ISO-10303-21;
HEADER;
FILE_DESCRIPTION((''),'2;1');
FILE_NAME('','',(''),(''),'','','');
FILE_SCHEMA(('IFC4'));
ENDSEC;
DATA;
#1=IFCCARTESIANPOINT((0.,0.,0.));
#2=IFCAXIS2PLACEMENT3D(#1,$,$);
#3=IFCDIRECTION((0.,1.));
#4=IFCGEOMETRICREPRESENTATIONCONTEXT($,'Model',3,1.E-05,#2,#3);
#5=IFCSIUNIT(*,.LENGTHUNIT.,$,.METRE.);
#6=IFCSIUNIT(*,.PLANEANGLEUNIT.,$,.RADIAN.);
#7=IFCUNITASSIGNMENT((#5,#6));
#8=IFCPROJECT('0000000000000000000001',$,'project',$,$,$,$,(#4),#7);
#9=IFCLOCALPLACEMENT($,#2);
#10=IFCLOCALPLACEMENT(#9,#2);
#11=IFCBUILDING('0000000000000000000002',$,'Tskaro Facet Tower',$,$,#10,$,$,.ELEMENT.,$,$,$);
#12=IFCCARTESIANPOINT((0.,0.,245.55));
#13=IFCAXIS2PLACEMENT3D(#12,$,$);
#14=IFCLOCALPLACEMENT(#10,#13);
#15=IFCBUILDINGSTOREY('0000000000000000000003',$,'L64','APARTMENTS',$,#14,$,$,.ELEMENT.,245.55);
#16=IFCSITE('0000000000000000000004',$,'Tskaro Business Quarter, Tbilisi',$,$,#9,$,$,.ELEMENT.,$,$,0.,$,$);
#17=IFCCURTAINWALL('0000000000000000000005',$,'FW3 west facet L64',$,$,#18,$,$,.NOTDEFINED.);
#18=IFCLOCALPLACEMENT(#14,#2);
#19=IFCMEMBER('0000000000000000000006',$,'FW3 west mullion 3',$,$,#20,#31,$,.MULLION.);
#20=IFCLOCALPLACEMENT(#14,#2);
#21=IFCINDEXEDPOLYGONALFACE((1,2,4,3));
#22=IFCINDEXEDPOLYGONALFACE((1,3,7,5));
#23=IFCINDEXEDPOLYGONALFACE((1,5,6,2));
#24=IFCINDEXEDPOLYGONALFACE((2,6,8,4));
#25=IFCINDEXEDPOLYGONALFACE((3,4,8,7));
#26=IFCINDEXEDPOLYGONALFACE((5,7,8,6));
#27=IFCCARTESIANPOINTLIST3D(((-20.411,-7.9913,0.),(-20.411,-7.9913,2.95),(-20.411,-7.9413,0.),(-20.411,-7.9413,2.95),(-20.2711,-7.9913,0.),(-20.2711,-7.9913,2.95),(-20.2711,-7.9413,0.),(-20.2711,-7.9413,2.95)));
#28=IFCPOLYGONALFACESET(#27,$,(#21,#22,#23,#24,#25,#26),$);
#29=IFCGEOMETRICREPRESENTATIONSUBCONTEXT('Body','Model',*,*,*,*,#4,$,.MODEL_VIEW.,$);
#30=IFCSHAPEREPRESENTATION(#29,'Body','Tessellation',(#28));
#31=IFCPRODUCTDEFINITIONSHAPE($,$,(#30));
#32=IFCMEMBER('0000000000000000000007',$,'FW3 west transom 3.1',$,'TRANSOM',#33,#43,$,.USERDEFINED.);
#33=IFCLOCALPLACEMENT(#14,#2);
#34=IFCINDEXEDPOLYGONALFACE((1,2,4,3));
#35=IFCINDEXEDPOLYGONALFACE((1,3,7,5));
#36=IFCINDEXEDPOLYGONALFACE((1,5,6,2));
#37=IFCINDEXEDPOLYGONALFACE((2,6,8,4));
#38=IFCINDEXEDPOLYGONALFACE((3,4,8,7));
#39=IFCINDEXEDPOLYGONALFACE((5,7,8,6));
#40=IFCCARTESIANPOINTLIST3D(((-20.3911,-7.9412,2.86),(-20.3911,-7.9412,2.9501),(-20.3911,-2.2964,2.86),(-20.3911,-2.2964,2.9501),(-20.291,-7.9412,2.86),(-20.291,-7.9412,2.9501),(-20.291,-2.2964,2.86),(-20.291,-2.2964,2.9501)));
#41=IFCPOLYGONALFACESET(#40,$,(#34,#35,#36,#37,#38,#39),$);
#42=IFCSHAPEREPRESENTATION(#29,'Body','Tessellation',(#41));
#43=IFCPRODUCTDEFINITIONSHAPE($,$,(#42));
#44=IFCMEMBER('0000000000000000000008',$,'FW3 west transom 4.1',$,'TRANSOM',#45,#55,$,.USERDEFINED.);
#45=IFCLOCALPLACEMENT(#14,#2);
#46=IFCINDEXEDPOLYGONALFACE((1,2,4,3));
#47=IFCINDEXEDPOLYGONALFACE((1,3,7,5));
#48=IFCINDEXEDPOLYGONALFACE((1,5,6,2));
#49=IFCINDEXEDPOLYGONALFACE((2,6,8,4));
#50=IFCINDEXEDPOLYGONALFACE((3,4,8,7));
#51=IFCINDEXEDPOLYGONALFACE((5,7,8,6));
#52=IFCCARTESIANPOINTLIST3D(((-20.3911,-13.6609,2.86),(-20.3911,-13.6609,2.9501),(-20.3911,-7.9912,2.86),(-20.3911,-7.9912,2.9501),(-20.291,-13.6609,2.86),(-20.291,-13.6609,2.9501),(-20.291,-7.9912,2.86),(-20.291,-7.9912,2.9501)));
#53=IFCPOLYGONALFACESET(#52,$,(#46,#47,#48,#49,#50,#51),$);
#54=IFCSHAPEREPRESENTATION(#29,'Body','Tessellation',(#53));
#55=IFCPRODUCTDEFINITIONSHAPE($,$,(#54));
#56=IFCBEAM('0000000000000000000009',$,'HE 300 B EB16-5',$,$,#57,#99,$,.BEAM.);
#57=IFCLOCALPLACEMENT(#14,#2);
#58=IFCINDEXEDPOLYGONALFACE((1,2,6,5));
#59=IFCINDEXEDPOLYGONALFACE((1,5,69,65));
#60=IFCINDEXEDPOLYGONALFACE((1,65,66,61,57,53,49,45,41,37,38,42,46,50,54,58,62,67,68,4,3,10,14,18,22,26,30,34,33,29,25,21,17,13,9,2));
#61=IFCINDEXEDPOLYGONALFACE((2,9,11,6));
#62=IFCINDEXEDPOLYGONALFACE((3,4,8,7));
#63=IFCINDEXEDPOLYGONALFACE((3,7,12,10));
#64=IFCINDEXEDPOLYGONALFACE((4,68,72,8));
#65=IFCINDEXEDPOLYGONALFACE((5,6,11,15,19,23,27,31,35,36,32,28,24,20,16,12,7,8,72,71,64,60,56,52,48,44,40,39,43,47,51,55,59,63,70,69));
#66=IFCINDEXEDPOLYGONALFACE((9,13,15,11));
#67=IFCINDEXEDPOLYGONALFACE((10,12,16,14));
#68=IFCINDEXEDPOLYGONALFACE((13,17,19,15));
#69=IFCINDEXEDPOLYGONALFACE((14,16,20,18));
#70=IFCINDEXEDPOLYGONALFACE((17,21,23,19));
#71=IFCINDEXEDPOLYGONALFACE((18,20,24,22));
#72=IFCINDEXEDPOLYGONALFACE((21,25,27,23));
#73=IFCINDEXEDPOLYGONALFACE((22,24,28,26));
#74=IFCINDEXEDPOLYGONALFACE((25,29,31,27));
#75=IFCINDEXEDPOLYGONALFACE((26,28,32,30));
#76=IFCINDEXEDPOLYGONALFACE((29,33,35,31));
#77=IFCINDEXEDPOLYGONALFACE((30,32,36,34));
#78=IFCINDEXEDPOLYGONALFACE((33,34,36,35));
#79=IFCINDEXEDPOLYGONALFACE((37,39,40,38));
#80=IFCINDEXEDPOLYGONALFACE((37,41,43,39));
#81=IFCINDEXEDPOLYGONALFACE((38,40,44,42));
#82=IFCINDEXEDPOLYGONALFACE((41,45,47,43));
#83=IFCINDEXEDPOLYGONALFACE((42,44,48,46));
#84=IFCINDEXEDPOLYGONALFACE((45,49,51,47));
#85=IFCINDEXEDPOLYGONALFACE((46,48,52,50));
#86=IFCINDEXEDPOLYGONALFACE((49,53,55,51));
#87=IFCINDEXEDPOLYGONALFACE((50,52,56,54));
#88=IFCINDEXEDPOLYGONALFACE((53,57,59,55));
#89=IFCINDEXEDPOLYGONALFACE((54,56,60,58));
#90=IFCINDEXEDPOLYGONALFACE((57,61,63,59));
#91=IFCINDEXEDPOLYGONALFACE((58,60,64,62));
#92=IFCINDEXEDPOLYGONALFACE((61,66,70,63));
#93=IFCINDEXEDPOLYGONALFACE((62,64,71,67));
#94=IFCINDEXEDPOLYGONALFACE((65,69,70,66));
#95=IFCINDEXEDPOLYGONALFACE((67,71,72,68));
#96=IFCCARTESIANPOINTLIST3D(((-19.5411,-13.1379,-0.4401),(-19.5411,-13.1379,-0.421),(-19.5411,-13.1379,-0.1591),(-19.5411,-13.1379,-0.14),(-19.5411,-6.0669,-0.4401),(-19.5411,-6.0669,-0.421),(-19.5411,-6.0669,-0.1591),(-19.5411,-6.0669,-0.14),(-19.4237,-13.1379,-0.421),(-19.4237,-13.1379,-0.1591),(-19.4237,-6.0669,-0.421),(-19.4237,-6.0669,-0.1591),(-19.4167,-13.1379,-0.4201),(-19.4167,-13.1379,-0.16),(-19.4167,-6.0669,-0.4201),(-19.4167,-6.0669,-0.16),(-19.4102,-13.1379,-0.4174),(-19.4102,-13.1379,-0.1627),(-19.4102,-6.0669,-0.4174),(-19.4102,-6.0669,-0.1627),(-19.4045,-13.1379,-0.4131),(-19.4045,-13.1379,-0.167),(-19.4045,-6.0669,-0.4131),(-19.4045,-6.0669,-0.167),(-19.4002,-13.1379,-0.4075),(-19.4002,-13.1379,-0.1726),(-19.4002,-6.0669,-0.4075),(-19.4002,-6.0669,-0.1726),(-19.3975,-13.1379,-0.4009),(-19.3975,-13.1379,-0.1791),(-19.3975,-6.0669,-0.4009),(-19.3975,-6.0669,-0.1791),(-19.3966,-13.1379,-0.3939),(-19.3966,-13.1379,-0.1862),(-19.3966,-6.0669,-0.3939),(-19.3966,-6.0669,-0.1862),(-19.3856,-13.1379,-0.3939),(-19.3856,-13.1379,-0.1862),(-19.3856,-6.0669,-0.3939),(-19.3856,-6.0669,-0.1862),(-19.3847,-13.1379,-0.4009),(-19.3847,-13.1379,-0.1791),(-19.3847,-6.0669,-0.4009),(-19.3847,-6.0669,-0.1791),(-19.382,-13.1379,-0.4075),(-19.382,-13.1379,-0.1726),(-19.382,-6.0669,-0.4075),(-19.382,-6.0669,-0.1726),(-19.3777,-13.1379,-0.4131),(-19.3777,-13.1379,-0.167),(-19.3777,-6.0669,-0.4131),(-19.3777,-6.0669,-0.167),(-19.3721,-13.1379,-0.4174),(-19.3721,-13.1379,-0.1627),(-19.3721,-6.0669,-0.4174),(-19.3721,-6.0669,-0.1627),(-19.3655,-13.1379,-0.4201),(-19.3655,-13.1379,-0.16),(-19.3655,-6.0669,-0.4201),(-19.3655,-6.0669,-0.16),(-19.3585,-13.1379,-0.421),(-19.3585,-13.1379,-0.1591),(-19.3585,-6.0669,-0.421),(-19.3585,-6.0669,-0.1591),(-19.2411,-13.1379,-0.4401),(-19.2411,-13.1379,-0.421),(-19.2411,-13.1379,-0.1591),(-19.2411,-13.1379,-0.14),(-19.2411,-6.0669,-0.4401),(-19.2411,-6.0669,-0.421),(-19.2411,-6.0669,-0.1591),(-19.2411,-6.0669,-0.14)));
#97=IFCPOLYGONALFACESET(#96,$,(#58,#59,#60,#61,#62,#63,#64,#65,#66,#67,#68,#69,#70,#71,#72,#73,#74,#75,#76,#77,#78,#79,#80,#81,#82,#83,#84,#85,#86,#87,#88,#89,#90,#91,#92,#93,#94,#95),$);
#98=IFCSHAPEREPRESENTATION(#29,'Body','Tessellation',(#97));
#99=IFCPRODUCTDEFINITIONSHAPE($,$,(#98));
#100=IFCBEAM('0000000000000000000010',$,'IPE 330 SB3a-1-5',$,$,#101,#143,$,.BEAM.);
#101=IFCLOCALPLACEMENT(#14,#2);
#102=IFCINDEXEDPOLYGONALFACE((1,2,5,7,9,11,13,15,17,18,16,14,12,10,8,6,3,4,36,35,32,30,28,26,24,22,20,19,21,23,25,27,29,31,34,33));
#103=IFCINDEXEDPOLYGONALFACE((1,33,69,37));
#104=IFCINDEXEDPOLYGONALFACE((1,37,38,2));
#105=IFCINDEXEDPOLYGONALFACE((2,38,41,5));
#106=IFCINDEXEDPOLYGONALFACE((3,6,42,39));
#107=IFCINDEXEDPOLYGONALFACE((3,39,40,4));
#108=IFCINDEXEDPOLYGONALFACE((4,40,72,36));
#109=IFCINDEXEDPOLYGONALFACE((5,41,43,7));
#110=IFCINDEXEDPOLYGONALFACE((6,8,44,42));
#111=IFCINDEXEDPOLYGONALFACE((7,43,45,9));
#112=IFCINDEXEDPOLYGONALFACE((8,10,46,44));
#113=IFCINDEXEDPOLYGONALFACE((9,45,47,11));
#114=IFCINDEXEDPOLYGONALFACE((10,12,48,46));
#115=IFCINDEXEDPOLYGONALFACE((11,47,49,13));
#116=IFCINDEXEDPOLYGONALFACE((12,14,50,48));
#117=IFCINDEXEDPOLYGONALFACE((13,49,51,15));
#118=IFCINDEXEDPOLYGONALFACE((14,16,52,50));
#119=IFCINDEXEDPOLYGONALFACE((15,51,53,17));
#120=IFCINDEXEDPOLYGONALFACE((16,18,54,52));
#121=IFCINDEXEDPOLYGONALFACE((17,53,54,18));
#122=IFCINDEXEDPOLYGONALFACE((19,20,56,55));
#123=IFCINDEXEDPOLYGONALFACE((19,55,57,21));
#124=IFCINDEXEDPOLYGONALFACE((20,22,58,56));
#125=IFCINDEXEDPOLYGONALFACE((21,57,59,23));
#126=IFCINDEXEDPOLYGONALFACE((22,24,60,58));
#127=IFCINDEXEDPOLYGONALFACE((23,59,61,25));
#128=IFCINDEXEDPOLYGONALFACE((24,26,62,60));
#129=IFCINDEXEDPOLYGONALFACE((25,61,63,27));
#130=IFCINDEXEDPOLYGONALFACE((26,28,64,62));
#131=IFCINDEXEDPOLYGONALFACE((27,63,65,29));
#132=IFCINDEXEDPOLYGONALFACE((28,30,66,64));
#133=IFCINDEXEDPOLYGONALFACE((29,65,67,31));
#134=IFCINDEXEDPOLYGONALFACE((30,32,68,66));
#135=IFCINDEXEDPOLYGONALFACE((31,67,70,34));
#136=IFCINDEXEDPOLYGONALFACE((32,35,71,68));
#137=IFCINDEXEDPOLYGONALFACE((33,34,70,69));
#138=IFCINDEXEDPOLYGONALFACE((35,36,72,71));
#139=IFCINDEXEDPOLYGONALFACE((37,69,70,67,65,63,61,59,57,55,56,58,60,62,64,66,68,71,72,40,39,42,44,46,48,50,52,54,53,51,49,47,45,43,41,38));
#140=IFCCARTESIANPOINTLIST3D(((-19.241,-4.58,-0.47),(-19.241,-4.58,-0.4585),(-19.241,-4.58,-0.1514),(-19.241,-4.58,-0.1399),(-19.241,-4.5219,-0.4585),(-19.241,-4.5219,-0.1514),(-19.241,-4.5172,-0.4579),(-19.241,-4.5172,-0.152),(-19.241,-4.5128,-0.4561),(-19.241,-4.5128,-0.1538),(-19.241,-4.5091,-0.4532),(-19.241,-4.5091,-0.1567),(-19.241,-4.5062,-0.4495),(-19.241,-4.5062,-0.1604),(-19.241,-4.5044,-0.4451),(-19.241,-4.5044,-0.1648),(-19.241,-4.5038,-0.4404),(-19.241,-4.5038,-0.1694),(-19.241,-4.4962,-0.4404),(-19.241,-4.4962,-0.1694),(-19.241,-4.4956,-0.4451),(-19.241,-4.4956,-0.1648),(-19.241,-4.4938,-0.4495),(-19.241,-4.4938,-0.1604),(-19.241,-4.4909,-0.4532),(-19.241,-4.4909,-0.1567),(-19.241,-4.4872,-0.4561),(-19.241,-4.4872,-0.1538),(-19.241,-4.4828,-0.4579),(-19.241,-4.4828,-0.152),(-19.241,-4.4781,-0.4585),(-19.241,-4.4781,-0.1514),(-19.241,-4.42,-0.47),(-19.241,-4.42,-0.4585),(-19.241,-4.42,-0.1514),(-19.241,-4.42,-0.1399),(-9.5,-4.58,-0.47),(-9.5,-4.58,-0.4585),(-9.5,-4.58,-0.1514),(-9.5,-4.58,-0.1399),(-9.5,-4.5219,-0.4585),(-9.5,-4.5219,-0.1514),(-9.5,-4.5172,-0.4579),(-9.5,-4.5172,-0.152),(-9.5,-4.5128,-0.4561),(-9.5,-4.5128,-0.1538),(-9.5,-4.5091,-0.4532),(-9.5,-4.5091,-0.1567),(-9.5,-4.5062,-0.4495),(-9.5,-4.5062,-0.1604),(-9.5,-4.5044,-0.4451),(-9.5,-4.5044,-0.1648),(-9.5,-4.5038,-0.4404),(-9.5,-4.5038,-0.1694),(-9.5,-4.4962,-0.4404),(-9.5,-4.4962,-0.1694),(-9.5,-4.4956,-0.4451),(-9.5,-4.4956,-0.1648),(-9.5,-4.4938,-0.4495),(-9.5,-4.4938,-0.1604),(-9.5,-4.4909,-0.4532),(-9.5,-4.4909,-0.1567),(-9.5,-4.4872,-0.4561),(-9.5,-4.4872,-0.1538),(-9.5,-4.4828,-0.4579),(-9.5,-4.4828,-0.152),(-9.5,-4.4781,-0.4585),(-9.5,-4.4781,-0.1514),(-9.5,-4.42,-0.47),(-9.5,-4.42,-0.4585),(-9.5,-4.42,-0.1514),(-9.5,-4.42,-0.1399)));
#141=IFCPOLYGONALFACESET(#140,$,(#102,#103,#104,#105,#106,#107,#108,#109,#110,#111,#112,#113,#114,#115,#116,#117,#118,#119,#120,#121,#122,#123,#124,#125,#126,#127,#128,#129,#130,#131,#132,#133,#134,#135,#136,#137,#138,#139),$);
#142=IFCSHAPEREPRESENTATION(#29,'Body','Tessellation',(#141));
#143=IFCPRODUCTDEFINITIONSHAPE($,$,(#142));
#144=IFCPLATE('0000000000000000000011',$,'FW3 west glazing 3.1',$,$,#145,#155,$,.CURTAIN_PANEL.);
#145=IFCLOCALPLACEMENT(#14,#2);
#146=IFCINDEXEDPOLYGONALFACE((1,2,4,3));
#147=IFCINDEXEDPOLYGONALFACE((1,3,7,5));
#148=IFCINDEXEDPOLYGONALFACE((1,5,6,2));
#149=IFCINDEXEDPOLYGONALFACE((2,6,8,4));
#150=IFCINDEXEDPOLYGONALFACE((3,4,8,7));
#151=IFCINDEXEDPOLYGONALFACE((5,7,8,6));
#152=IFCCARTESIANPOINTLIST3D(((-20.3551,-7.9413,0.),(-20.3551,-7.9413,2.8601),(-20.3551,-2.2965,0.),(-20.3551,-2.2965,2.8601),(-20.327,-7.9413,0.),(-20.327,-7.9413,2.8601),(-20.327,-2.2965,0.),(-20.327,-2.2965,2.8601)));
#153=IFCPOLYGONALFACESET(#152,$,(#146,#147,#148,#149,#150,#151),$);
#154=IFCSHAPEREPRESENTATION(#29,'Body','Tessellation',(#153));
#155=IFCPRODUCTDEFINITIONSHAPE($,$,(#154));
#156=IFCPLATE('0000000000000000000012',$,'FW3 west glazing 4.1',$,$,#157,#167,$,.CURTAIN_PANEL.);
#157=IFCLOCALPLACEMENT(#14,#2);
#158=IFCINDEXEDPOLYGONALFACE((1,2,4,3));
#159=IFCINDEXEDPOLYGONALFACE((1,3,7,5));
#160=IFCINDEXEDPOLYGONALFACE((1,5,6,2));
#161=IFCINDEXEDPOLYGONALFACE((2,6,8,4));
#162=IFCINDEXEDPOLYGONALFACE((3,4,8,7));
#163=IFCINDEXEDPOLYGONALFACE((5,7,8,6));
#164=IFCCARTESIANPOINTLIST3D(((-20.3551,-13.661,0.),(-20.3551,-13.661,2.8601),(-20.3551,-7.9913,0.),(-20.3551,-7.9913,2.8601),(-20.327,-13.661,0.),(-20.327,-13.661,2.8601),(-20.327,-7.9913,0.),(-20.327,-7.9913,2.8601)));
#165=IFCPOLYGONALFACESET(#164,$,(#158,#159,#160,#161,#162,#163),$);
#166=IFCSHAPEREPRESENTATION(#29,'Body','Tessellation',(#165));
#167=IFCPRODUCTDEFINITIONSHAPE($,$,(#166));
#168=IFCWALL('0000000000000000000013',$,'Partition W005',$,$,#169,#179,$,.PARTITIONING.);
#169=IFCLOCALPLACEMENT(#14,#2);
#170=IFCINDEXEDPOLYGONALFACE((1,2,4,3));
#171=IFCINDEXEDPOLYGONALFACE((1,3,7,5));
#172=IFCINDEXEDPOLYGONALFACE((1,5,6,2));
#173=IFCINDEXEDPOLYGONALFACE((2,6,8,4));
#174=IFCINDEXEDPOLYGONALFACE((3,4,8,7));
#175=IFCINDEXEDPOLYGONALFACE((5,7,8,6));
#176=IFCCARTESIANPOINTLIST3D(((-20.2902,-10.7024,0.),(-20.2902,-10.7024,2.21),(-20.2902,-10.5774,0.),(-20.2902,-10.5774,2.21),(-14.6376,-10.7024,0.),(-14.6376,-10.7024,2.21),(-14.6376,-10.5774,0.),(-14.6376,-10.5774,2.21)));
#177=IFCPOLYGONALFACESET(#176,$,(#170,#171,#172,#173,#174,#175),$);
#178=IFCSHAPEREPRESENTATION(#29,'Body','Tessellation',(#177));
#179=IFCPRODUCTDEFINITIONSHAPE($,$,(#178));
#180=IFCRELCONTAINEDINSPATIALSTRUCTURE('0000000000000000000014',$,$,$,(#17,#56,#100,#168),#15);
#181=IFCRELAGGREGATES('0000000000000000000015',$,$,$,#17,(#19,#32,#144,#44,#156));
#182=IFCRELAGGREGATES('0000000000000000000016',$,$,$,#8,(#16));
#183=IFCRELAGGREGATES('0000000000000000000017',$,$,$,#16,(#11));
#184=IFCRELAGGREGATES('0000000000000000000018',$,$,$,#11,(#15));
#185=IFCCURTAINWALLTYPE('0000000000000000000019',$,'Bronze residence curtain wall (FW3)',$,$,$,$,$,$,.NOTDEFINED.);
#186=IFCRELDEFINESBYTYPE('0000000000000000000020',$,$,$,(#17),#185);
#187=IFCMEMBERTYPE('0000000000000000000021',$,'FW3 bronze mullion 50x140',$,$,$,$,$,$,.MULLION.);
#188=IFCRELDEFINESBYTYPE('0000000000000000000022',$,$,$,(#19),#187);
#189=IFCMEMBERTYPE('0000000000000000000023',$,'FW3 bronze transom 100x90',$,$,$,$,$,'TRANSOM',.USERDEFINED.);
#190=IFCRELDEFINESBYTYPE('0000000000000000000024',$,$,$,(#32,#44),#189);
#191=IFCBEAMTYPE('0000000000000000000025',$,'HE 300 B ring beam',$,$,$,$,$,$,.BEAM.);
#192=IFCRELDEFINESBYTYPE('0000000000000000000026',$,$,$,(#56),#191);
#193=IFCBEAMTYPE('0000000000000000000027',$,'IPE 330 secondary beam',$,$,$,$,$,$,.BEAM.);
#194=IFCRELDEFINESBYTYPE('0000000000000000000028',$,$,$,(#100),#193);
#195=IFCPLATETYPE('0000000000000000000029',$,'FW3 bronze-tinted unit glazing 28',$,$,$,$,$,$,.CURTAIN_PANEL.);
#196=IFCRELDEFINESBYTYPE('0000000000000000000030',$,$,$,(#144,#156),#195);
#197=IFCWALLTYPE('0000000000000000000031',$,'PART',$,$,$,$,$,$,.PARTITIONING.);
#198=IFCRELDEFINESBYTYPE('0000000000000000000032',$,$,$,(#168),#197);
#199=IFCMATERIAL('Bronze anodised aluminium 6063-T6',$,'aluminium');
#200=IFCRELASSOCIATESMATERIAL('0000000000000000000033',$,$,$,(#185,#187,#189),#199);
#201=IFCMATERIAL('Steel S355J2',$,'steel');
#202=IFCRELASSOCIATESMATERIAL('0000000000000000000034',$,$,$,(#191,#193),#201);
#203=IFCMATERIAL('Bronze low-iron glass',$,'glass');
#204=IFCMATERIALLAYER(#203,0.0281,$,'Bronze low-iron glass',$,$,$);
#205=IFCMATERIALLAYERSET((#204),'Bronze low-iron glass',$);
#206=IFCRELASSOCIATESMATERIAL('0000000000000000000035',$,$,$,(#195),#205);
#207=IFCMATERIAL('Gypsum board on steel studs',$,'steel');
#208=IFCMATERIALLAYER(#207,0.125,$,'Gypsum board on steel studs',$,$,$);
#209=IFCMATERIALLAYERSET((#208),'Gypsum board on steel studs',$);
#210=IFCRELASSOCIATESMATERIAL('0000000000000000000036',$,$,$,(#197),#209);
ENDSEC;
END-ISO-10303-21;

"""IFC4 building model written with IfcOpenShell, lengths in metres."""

from ifc_helpers import new_model, si_unit, direction, frame, frame_2d, origin, origin_2d, place, context, subcontext, project, spatial, rectangle, i_section, extrude, material, layer, layer_set, material_profile, profile_set, type_object, element, aggregate, save


model = new_model("IFC4")

# Units and contexts
model_context = context("Model", 3, precision=1e-05, world=origin(), true_north=direction((0.0, 1.0)))
body_context = subcontext(model_context, "Body", "Model", "MODEL_VIEW")
ifc_project = project(units=[si_unit("LENGTHUNIT", "METRE"), si_unit("PLANEANGLEUNIT", "RADIAN")], contexts=[model_context])

# Site, building, storey
site_placement = place(None, origin())
site = spatial("IfcSite", under=ifc_project, at=site_placement, Name="Tskaro Business Quarter, Tbilisi", CompositionType="ELEMENT", RefElevation=0.0)
building_placement = place(site_placement, origin())
building = spatial("IfcBuilding", under=site, at=building_placement, Name="Tskaro Facet Tower", CompositionType="ELEMENT")
storey_placement = place(building_placement, frame((0.0, 0.0, 245.55)))
storey = spatial("IfcBuildingStorey", under=building, at=storey_placement, Name="L64", Description="APARTMENTS", CompositionType="ELEMENT", Elevation=245.55)

# Curtain wall, members
ifc_material_1 = material(Name="Bronze anodised aluminium 6063-T6", Category="aluminium")
curtain_wall_type = type_object("IfcCurtainWallType", Name="Bronze residence curtain wall (FW3)", PredefinedType="NOTDEFINED", material=ifc_material_1)
curtain_wall_placement = place(storey_placement, origin())
curtain_wall = element("IfcCurtainWall", 1, at=curtain_wall_placement, inside=storey, type_object=curtain_wall_type, Name="FW3 west facet L64", PredefinedType="NOTDEFINED")
ifc_material_profile_1 = material_profile(ifc_material_1, rectangle(XDim=0.05, YDim=0.1399, at=origin_2d()), Name="Mullion 50x140")
ifc_profile_set_1 = profile_set([ifc_material_profile_1], Name="Bronze anodised aluminium 6063-T6")
member_type_1 = type_object("IfcMemberType", Name="FW3 bronze mullion 50x140", PredefinedType="MULLION", material=ifc_profile_set_1)
member_1_placement = place(storey_placement, frame((-20.3411, -7.9663, 0.0), z_axis=(0.0, 0.0, 1.0), x_axis=(0.0, -1.0, 0.0)))
member_1 = element("IfcMember", 2, at=member_1_placement, type_object=member_type_1, Name="FW3 west mullion 3", PredefinedType="MULLION", context=body_context, shape_type="SweptSolid", body=[
    extrude(rectangle(XDim=0.05, YDim=0.1399, at=origin_2d()), origin(), (0.0, 0.0, 1.0), 2.95),
])
ifc_material_profile_2 = material_profile(ifc_material_1, rectangle(XDim=0.1001, YDim=0.0901, at=origin_2d()), Name="Transom 100x90")
ifc_profile_set_2 = profile_set([ifc_material_profile_2], Name="Bronze anodised aluminium 6063-T6")
member_type_2 = type_object("IfcMemberType", Name="FW3 bronze transom 100x90", ElementType="TRANSOM", PredefinedType="USERDEFINED", material=ifc_profile_set_2)
member_2_placement = place(storey_placement, frame((-20.3411, -2.2964, 2.905), z_axis=(0.0, -1.0, 0.0), x_axis=(1.0, 0.0, 0.0)))
member_2 = element("IfcMember", 3, at=member_2_placement, type_object=member_type_2, Name="FW3 west transom 3.1", ObjectType="TRANSOM", PredefinedType="USERDEFINED", context=body_context, shape_type="SweptSolid", body=[
    extrude(rectangle(XDim=0.1001, YDim=0.0901, at=origin_2d()), origin(), (0.0, 0.0, 1.0), 5.6448),
])
member_3_placement = place(storey_placement, frame((-20.3411, -7.9912, 2.905), z_axis=(0.0, -1.0, 0.0), x_axis=(1.0, 0.0, 0.0)))
member_3 = element("IfcMember", 4, at=member_3_placement, type_object=member_type_2, Name="FW3 west transom 4.1", ObjectType="TRANSOM", PredefinedType="USERDEFINED", context=body_context, shape_type="SweptSolid", body=[
    extrude(rectangle(XDim=0.1001, YDim=0.0901, at=origin_2d()), origin(), (0.0, 0.0, 1.0), 5.6697),
])

# Beams
ifc_material_2 = material(Name="Steel S355J2", Category="steel")
ifc_material_profile_3 = material_profile(ifc_material_2, i_section(OverallWidth=0.3, OverallDepth=0.3, WebThickness=0.011, FlangeThickness=0.019, FilletRadius=0.0271, at=origin_2d()), Name="HE 300 B")
ifc_profile_set_3 = profile_set([ifc_material_profile_3], Name="Steel S355J2")
beam_type_1 = type_object("IfcBeamType", Name="HE 300 B ring beam", PredefinedType="BEAM", material=ifc_profile_set_3)
beam_1_placement = place(storey_placement, frame((-19.3911, -6.0669, -0.29), z_axis=(0.0, -1.0, 0.0), x_axis=(1.0, 0.0, 0.0)))
element("IfcBeam", 5, at=beam_1_placement, inside=storey, type_object=beam_type_1, Name="HE 300 B EB16-5", PredefinedType="BEAM", context=body_context, shape_type="SweptSolid", body=[
    extrude(i_section(OverallWidth=0.3, OverallDepth=0.3, WebThickness=0.011, FlangeThickness=0.019, FilletRadius=0.0271, at=origin_2d()), origin(), (0.0, 0.0, 1.0), 7.071),
])
ifc_material_profile_4 = material_profile(ifc_material_2, i_section(OverallWidth=0.1599, OverallDepth=0.3301, WebThickness=0.0076, FlangeThickness=0.0115, FilletRadius=0.0181, at=origin_2d()), Name="IPE 330")
ifc_profile_set_4 = profile_set([ifc_material_profile_4], Name="Steel S355J2")
beam_type_2 = type_object("IfcBeamType", Name="IPE 330 secondary beam", PredefinedType="BEAM", material=ifc_profile_set_4)
beam_2_placement = place(storey_placement, frame((-19.241, -4.5, -0.3049), z_axis=(1.0, 0.0, 0.0), x_axis=(0.0, 1.0, 0.0)))
element("IfcBeam", 6, at=beam_2_placement, inside=storey, type_object=beam_type_2, Name="IPE 330 SB3a-1-5", PredefinedType="BEAM", context=body_context, shape_type="SweptSolid", body=[
    extrude(i_section(OverallWidth=0.1599, OverallDepth=0.3301, WebThickness=0.0076, FlangeThickness=0.0115, FilletRadius=0.0181, at=origin_2d()), origin(), (0.0, 0.0, 1.0), 9.741),
])

# Plates
ifc_material_3 = material(Name="Bronze low-iron glass", Category="glass")
ifc_layer_1 = layer(ifc_material_3, 0.0281, Name="Bronze low-iron glass")
ifc_layer_set_1 = layer_set([ifc_layer_1], Name="Bronze low-iron glass")
plate_type = type_object("IfcPlateType", Name="FW3 bronze-tinted unit glazing 28", PredefinedType="CURTAIN_PANEL", material=ifc_layer_set_1)
plate_1_placement = place(storey_placement, frame((-20.3411, -5.1189, 0.0), z_axis=(0.0, 0.0, 1.0), x_axis=(0.0, -1.0, 0.0)))
plate_1 = element("IfcPlate", 7, at=plate_1_placement, type_object=plate_type, Name="FW3 west glazing 3.1", PredefinedType="CURTAIN_PANEL", context=body_context, shape_type="SweptSolid", body=[
    extrude(rectangle(XDim=5.6448, YDim=0.0281, at=origin_2d()), origin(), (0.0, 0.0, 1.0), 2.8601),
])
plate_2_placement = place(storey_placement, frame((-20.3411, -10.8262, 0.0), z_axis=(0.0, 0.0, 1.0), x_axis=(0.0, -1.0, 0.0)))
plate_2 = element("IfcPlate", 8, at=plate_2_placement, type_object=plate_type, Name="FW3 west glazing 4.1", PredefinedType="CURTAIN_PANEL", context=body_context, shape_type="SweptSolid", body=[
    extrude(rectangle(XDim=5.6697, YDim=0.0281, at=origin_2d()), origin(), (0.0, 0.0, 1.0), 2.8601),
])
aggregate(curtain_wall, [member_1, member_2, plate_1, member_3, plate_2])

# Wall
ifc_material_4 = material(Name="Gypsum board on steel studs", Category="steel")
ifc_layer_2 = layer(ifc_material_4, 0.125, Name="Gypsum board on steel studs")
ifc_layer_set_2 = layer_set([ifc_layer_2], Name="Gypsum board on steel studs")
wall_type_1 = type_object("IfcWallType", Name="PART", PredefinedType="PARTITIONING", material=ifc_layer_set_2)
wall_1_placement = place(storey_placement, frame((-20.29, -10.6399, 0.0), z_axis=(0.0, 0.0, 1.0), x_axis=(1.0, 0.0, 0.0)))
element("IfcWall", 9, at=wall_1_placement, inside=storey, type_object=wall_type_1, Name="Partition W005", PredefinedType="PARTITIONING", context=body_context, shape_type="SweptSolid", body=[
    extrude(rectangle(XDim=5.6526, YDim=0.125, at=frame_2d((2.8262, 0.0))), origin(), (0.0, 0.0, 1.0), 2.21),
])

save(model, "model.ifc")
